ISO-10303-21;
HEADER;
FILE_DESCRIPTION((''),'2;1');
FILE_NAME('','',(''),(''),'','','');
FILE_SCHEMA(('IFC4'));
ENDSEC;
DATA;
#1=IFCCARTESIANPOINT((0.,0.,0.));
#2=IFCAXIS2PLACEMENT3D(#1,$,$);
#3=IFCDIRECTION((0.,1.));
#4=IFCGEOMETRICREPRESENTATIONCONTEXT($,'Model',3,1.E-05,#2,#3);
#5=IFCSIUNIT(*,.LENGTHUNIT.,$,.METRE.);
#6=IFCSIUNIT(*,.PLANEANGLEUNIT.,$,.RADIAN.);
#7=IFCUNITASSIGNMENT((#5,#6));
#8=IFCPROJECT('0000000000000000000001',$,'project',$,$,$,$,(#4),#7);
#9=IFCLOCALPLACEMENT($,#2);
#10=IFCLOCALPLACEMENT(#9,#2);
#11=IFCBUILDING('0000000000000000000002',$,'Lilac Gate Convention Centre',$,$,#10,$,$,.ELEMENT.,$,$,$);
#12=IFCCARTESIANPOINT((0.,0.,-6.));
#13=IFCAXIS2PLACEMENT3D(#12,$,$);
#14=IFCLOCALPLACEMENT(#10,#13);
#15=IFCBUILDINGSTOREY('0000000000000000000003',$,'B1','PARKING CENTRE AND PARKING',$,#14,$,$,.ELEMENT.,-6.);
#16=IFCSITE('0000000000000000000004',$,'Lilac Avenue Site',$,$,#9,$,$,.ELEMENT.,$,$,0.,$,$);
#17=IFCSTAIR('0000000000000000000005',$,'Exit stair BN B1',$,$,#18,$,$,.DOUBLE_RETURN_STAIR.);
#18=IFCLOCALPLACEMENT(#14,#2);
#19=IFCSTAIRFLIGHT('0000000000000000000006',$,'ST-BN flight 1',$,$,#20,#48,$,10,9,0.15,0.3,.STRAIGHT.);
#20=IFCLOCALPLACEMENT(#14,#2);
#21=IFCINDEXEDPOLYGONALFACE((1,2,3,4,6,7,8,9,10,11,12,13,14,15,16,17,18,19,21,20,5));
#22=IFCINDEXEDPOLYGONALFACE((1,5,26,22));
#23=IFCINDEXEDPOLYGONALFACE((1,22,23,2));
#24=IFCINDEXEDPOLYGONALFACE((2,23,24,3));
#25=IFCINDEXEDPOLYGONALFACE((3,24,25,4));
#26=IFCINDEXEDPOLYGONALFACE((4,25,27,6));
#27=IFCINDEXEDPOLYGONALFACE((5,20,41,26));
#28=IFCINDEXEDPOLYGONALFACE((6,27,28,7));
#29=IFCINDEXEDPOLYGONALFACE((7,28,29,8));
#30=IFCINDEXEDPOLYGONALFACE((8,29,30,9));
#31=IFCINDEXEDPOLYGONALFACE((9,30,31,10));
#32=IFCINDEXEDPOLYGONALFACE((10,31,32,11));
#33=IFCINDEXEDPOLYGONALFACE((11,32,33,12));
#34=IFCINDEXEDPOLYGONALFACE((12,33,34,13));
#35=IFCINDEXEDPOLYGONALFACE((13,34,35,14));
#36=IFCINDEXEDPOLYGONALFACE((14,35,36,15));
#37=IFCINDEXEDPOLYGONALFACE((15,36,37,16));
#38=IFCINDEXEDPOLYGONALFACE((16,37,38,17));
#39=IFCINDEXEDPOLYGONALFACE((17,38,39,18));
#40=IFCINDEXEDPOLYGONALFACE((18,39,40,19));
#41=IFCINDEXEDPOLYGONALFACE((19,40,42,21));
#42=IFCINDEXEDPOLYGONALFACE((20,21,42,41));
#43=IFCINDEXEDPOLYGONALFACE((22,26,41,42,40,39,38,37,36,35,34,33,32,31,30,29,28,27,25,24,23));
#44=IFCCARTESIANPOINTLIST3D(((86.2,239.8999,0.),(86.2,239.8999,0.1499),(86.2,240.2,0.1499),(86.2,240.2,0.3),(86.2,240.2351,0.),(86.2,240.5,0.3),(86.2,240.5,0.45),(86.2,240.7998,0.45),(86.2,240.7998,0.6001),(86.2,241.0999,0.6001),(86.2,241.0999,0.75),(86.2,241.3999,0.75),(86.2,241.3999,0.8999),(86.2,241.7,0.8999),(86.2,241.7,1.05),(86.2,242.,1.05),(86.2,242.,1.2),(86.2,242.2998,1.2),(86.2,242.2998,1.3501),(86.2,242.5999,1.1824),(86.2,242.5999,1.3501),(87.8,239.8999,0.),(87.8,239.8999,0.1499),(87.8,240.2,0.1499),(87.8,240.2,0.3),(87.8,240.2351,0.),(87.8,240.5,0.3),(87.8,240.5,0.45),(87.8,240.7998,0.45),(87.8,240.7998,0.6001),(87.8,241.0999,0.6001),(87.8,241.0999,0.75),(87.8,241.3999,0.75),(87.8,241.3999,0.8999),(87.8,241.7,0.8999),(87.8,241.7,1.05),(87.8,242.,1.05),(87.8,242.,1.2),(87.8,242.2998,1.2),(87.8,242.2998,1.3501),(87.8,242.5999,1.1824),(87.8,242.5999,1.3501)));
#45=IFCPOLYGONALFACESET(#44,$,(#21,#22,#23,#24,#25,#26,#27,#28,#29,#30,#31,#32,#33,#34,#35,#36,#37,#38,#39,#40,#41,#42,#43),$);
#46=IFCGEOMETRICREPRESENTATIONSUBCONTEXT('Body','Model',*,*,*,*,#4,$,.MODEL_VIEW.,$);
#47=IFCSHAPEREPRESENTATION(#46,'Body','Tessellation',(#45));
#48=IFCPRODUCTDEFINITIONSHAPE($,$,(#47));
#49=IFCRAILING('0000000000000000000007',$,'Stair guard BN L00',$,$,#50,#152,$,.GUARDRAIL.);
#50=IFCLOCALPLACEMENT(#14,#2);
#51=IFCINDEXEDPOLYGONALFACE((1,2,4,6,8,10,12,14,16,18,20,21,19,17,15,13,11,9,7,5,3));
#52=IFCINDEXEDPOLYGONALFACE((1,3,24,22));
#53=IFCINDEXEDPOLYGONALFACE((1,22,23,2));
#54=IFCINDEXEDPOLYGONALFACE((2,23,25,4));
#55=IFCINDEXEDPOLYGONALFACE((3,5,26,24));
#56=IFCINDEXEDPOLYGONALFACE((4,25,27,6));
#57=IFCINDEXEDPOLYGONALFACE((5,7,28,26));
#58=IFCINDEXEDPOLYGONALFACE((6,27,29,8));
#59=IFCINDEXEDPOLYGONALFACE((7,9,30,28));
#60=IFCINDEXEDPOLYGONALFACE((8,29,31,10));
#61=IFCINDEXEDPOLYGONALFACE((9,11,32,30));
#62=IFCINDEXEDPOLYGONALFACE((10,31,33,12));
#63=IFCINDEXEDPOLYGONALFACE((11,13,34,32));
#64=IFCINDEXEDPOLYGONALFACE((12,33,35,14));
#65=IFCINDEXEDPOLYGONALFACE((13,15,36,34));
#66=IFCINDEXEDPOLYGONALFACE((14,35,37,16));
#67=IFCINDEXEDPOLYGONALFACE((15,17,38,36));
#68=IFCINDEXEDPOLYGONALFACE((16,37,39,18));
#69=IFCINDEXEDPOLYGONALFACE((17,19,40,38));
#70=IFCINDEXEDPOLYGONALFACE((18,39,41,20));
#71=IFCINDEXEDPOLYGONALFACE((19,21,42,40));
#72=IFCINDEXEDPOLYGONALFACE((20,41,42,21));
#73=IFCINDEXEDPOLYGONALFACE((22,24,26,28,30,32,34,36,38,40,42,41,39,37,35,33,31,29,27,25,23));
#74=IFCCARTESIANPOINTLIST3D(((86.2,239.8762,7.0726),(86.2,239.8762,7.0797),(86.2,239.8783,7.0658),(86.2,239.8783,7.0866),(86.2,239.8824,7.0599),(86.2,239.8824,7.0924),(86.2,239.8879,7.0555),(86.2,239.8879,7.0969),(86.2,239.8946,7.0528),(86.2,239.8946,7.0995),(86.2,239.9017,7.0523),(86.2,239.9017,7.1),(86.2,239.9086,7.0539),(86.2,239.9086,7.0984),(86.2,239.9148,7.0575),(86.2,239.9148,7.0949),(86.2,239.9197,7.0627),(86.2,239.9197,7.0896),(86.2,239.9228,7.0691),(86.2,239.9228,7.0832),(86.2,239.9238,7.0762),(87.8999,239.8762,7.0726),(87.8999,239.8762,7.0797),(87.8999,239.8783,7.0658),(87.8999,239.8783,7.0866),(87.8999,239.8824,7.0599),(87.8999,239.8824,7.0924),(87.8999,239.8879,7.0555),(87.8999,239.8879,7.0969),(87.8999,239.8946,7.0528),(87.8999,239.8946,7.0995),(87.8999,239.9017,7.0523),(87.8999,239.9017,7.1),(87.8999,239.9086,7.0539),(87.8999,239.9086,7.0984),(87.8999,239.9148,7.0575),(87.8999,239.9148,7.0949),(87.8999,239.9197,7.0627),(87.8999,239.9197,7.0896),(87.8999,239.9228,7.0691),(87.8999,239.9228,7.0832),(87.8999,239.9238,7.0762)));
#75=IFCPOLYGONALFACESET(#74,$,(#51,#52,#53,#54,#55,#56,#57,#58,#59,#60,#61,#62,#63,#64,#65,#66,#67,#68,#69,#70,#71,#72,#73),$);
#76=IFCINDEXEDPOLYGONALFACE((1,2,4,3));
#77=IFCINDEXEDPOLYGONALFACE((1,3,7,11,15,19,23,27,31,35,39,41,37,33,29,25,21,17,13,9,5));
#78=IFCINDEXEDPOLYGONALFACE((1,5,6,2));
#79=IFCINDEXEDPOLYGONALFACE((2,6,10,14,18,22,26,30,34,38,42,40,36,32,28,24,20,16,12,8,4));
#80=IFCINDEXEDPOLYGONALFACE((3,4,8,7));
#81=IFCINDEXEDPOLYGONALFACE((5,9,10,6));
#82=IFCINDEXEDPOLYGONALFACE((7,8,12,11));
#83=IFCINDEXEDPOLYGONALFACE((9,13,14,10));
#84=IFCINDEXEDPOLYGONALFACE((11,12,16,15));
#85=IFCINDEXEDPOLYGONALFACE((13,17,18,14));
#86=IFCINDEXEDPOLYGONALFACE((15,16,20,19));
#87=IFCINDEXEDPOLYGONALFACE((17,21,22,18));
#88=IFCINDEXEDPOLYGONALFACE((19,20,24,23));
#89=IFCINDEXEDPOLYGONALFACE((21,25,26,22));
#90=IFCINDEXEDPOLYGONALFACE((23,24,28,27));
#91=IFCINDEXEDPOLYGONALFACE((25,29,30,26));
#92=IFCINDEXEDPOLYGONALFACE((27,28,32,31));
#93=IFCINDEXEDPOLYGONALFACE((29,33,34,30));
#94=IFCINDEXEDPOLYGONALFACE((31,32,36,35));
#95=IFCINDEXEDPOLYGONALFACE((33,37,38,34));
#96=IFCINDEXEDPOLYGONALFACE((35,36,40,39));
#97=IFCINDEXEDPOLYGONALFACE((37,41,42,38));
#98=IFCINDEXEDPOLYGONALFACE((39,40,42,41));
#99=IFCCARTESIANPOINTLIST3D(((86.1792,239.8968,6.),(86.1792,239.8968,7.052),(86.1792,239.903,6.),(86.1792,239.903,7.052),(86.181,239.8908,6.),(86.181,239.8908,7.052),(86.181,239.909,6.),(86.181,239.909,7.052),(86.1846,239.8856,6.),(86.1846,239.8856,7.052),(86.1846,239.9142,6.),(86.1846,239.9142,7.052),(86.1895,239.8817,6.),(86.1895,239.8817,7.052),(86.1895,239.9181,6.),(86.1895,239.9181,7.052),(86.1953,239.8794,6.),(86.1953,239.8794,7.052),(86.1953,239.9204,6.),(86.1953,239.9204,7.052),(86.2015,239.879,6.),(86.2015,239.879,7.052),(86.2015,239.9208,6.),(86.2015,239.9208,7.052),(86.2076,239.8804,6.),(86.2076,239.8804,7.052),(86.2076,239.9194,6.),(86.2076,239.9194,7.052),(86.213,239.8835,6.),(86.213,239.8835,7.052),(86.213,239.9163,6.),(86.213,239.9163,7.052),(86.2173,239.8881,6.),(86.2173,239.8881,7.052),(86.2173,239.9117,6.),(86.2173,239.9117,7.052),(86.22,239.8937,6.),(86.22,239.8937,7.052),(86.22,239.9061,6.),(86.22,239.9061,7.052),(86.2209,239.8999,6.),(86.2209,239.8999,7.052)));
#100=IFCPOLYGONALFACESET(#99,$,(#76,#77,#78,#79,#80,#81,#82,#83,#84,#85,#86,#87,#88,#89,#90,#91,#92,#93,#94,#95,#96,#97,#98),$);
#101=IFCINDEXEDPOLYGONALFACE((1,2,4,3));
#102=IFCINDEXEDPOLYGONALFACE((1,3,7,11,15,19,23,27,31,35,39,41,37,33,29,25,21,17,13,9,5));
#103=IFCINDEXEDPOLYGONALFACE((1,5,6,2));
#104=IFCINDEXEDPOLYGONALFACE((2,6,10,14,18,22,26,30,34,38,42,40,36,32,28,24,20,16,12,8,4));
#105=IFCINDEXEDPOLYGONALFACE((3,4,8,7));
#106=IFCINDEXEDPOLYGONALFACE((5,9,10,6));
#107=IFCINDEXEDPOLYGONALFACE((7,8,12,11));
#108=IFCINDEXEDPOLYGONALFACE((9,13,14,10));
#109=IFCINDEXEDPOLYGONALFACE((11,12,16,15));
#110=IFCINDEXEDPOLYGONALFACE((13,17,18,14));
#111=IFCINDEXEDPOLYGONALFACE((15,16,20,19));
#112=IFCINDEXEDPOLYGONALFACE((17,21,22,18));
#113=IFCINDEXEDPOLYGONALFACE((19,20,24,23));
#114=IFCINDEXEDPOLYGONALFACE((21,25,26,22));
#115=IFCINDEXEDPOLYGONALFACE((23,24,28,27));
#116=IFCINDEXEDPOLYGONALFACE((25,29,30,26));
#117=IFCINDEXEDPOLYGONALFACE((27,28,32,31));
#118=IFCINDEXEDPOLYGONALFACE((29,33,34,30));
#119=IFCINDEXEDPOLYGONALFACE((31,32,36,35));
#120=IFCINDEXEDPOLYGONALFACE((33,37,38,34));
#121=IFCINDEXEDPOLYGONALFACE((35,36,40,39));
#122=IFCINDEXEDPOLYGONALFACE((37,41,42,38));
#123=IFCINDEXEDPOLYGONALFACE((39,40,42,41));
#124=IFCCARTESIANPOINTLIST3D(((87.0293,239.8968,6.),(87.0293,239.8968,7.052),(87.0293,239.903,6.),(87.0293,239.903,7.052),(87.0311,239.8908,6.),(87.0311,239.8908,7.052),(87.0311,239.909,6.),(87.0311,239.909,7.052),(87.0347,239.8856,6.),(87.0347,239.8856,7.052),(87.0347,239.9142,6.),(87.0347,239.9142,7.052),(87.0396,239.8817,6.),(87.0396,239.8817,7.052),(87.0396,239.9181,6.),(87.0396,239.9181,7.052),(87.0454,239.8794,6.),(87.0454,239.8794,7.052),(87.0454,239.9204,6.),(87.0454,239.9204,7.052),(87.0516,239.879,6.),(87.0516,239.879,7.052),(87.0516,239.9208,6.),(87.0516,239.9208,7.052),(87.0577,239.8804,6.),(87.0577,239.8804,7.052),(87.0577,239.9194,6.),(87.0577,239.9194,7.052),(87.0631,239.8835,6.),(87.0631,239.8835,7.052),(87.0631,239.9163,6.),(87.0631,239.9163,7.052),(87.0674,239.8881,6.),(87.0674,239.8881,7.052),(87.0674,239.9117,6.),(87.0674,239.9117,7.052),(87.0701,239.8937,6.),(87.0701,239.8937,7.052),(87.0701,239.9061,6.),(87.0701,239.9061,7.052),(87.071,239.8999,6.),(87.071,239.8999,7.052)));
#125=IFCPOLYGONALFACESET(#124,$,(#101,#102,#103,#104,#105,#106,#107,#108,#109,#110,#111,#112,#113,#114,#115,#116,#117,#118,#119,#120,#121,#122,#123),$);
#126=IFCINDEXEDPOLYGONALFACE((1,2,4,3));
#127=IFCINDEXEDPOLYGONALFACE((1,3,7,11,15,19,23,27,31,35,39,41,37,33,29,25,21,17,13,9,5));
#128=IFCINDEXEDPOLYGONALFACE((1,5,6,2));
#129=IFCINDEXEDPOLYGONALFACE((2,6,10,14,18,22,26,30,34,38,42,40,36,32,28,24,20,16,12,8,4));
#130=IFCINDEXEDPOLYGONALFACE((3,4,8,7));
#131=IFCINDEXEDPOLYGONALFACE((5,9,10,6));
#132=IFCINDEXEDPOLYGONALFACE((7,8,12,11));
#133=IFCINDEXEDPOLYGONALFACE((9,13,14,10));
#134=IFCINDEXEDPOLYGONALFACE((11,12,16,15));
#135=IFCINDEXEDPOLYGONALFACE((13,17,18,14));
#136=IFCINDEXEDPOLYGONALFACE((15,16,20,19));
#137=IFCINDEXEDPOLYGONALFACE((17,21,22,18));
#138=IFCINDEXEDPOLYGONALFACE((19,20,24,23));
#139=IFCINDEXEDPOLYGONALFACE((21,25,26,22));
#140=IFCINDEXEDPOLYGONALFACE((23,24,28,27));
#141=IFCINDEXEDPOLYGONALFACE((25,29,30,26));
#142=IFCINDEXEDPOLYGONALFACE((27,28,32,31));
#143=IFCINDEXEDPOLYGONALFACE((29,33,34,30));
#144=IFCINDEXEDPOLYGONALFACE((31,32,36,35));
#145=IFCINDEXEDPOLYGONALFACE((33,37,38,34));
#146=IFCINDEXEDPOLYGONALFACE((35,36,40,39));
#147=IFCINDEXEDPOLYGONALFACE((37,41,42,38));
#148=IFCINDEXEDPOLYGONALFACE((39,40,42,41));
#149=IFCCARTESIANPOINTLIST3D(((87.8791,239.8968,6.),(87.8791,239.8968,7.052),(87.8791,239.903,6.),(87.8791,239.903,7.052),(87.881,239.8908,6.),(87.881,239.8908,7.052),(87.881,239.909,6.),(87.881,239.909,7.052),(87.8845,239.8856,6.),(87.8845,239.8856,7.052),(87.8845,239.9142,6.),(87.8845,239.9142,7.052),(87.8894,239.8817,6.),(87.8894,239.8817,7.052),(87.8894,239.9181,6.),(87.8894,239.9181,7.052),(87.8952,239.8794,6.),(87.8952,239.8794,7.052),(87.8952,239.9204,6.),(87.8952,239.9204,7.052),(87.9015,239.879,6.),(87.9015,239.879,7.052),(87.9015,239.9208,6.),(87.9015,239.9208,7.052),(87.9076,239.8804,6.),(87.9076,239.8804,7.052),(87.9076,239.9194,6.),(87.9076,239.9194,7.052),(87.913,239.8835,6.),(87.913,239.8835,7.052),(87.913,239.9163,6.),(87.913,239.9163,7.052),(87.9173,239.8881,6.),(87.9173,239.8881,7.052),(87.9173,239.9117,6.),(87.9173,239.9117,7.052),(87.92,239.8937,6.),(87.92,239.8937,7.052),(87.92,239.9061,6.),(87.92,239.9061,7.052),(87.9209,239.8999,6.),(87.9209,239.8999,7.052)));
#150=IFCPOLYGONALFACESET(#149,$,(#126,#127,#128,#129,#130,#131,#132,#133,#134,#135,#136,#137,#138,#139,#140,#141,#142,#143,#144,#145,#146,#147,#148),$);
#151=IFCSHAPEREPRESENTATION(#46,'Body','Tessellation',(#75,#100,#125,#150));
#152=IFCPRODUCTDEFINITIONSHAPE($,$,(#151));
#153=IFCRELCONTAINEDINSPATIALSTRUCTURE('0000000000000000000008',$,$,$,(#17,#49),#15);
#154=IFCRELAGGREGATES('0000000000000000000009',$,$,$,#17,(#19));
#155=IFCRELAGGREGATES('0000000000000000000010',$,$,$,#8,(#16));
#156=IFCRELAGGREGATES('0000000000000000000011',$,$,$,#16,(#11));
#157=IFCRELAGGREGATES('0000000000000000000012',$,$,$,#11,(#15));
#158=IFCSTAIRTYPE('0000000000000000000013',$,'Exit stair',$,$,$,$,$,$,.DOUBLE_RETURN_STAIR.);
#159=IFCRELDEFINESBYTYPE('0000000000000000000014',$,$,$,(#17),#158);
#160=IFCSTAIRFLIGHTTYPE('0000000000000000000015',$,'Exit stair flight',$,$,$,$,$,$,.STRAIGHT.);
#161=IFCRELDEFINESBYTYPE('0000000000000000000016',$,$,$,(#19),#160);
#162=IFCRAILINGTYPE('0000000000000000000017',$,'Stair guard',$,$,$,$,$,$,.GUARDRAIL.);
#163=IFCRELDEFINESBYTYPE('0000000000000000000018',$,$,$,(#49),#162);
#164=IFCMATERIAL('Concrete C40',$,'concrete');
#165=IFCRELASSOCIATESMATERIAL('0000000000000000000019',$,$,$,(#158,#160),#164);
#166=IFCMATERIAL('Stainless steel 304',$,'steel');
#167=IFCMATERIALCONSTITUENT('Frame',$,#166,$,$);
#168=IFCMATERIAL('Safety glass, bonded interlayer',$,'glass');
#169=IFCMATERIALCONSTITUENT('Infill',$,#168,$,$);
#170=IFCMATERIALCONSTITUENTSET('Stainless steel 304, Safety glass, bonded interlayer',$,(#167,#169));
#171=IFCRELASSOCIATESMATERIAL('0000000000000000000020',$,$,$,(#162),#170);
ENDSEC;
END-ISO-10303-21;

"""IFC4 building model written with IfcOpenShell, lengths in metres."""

from ifc_helpers import new_model, si_unit, direction, frame, origin, origin_2d, place, context, subcontext, project, spatial, polyline, circle, outline, extrude, material, constituent, constituent_set, type_object, element, aggregate, save


model = new_model("IFC4")

# Units and contexts
model_context = context("Model", 3, precision=1e-05, world=origin(), true_north=direction((0.0, 1.0)))
body_context = subcontext(model_context, "Body", "Model", "MODEL_VIEW")
ifc_project = project(units=[si_unit("LENGTHUNIT", "METRE"), si_unit("PLANEANGLEUNIT", "RADIAN")], contexts=[model_context])

# Site, building, storey
site_placement = place(None, origin())
site = spatial("IfcSite", under=ifc_project, at=site_placement, Name="Lilac Avenue Site", CompositionType="ELEMENT", RefElevation=0.0)
building_placement = place(site_placement, origin())
building = spatial("IfcBuilding", under=site, at=building_placement, Name="Lilac Gate Convention Centre", CompositionType="ELEMENT")
storey_placement = place(building_placement, frame((0.0, 0.0, -6.0)))
storey = spatial("IfcBuildingStorey", under=building, at=storey_placement, Name="B1", Description="PARKING CENTRE AND PARKING", CompositionType="ELEMENT", Elevation=-6.0)

# Shared definitions
ifc_material_1 = material(Name="Concrete C40", Category="concrete")

# Stair, stair flight
stair_type = type_object("IfcStairType", Name="Exit stair", PredefinedType="DOUBLE_RETURN_STAIR", material=ifc_material_1)
stair_placement = place(storey_placement, origin())
stair = element("IfcStair", 1, at=stair_placement, inside=storey, type_object=stair_type, Name="Exit stair BN B1", PredefinedType="DOUBLE_RETURN_STAIR")
stair_flight_type = type_object("IfcStairFlightType", Name="Exit stair flight", PredefinedType="STRAIGHT", material=ifc_material_1)
stair_flight_placement = place(storey_placement, frame((87.0, 239.8999, 0.0), z_axis=(0.0, 0.0, 1.0), x_axis=(0.0, 1.0, 0.0)))
stair_flight = element("IfcStairFlight", 2, at=stair_flight_placement, type_object=stair_flight_type, Name="ST-BN flight 1", NumberOfRisers=10, NumberOfTreads=9, PredefinedType="STRAIGHT", RiserHeight=0.15, TreadLength=0.3, context=body_context, shape_type="SweptSolid", body=[
    extrude(outline(polyline([(0.0, 0.0), (0.0, 0.1499), (0.3, 0.1499), (0.3, 0.3), (0.6001, 0.3), (0.6001, 0.45), (0.8999, 0.45), (0.8999, 0.6001), (1.2, 0.6001), (1.2, 0.75), (1.5, 0.75), (1.5, 0.8999), (1.8, 0.8999), (1.8, 1.05), (2.1001, 1.05), (2.1001, 1.2), (2.3999, 1.2), (2.3999, 1.3501), (2.7, 1.3501), (2.7, 1.5), (2.7, 1.1824), (0.3352, 0.0), (0.0, 0.0)])), frame((0.0, 0.8, 0.0), z_axis=(0.0, -1.0, 0.0), x_axis=(1.0, 0.0, 0.0)), (0.0, 0.0, 1.0), 1.6001),
])
aggregate(stair, [stair_flight])

# Railing
ifc_material_2 = material(Name="Stainless steel 304", Category="steel")
ifc_constituent_1 = constituent(ifc_material_2, Name="Frame")
ifc_material_3 = material(Name="Safety glass, bonded interlayer", Category="glass")
ifc_constituent_2 = constituent(ifc_material_3, Name="Infill")
ifc_constituent_set = constituent_set(constituents=[ifc_constituent_1, ifc_constituent_2], Name="Stainless steel 304, Safety glass, bonded interlayer")
railing_type_1 = type_object("IfcRailingType", Name="Stair guard", PredefinedType="GUARDRAIL", material=ifc_constituent_set)
railing_placement = place(storey_placement, frame((86.2, 239.8999, 6.0)))
element("IfcRailing", 3, at=railing_placement, inside=storey, type_object=railing_type_1, Name="Stair guard BN L00", PredefinedType="GUARDRAIL", context=body_context, shape_type="SweptSolid", body=[
    extrude(circle(Radius=0.0239, at=origin_2d()), frame((0.0, 0.0, 1.0762), z_axis=(1.0, 0.0, 0.0), x_axis=(0.0, 1.0, 0.0)), (0.0, 0.0, 1.0), 1.7),
    extrude(circle(Radius=0.021, at=origin_2d()), origin(), (0.0, 0.0, 1.0), 1.052),
    extrude(circle(Radius=0.021, at=origin_2d()), frame((0.8501, 0.0, 0.0)), (0.0, 0.0, 1.0), 1.052),
    extrude(circle(Radius=0.021, at=origin_2d()), frame((1.7, 0.0, 0.0)), (0.0, 0.0, 1.0), 1.052),
])

save(model, "model.ifc")
